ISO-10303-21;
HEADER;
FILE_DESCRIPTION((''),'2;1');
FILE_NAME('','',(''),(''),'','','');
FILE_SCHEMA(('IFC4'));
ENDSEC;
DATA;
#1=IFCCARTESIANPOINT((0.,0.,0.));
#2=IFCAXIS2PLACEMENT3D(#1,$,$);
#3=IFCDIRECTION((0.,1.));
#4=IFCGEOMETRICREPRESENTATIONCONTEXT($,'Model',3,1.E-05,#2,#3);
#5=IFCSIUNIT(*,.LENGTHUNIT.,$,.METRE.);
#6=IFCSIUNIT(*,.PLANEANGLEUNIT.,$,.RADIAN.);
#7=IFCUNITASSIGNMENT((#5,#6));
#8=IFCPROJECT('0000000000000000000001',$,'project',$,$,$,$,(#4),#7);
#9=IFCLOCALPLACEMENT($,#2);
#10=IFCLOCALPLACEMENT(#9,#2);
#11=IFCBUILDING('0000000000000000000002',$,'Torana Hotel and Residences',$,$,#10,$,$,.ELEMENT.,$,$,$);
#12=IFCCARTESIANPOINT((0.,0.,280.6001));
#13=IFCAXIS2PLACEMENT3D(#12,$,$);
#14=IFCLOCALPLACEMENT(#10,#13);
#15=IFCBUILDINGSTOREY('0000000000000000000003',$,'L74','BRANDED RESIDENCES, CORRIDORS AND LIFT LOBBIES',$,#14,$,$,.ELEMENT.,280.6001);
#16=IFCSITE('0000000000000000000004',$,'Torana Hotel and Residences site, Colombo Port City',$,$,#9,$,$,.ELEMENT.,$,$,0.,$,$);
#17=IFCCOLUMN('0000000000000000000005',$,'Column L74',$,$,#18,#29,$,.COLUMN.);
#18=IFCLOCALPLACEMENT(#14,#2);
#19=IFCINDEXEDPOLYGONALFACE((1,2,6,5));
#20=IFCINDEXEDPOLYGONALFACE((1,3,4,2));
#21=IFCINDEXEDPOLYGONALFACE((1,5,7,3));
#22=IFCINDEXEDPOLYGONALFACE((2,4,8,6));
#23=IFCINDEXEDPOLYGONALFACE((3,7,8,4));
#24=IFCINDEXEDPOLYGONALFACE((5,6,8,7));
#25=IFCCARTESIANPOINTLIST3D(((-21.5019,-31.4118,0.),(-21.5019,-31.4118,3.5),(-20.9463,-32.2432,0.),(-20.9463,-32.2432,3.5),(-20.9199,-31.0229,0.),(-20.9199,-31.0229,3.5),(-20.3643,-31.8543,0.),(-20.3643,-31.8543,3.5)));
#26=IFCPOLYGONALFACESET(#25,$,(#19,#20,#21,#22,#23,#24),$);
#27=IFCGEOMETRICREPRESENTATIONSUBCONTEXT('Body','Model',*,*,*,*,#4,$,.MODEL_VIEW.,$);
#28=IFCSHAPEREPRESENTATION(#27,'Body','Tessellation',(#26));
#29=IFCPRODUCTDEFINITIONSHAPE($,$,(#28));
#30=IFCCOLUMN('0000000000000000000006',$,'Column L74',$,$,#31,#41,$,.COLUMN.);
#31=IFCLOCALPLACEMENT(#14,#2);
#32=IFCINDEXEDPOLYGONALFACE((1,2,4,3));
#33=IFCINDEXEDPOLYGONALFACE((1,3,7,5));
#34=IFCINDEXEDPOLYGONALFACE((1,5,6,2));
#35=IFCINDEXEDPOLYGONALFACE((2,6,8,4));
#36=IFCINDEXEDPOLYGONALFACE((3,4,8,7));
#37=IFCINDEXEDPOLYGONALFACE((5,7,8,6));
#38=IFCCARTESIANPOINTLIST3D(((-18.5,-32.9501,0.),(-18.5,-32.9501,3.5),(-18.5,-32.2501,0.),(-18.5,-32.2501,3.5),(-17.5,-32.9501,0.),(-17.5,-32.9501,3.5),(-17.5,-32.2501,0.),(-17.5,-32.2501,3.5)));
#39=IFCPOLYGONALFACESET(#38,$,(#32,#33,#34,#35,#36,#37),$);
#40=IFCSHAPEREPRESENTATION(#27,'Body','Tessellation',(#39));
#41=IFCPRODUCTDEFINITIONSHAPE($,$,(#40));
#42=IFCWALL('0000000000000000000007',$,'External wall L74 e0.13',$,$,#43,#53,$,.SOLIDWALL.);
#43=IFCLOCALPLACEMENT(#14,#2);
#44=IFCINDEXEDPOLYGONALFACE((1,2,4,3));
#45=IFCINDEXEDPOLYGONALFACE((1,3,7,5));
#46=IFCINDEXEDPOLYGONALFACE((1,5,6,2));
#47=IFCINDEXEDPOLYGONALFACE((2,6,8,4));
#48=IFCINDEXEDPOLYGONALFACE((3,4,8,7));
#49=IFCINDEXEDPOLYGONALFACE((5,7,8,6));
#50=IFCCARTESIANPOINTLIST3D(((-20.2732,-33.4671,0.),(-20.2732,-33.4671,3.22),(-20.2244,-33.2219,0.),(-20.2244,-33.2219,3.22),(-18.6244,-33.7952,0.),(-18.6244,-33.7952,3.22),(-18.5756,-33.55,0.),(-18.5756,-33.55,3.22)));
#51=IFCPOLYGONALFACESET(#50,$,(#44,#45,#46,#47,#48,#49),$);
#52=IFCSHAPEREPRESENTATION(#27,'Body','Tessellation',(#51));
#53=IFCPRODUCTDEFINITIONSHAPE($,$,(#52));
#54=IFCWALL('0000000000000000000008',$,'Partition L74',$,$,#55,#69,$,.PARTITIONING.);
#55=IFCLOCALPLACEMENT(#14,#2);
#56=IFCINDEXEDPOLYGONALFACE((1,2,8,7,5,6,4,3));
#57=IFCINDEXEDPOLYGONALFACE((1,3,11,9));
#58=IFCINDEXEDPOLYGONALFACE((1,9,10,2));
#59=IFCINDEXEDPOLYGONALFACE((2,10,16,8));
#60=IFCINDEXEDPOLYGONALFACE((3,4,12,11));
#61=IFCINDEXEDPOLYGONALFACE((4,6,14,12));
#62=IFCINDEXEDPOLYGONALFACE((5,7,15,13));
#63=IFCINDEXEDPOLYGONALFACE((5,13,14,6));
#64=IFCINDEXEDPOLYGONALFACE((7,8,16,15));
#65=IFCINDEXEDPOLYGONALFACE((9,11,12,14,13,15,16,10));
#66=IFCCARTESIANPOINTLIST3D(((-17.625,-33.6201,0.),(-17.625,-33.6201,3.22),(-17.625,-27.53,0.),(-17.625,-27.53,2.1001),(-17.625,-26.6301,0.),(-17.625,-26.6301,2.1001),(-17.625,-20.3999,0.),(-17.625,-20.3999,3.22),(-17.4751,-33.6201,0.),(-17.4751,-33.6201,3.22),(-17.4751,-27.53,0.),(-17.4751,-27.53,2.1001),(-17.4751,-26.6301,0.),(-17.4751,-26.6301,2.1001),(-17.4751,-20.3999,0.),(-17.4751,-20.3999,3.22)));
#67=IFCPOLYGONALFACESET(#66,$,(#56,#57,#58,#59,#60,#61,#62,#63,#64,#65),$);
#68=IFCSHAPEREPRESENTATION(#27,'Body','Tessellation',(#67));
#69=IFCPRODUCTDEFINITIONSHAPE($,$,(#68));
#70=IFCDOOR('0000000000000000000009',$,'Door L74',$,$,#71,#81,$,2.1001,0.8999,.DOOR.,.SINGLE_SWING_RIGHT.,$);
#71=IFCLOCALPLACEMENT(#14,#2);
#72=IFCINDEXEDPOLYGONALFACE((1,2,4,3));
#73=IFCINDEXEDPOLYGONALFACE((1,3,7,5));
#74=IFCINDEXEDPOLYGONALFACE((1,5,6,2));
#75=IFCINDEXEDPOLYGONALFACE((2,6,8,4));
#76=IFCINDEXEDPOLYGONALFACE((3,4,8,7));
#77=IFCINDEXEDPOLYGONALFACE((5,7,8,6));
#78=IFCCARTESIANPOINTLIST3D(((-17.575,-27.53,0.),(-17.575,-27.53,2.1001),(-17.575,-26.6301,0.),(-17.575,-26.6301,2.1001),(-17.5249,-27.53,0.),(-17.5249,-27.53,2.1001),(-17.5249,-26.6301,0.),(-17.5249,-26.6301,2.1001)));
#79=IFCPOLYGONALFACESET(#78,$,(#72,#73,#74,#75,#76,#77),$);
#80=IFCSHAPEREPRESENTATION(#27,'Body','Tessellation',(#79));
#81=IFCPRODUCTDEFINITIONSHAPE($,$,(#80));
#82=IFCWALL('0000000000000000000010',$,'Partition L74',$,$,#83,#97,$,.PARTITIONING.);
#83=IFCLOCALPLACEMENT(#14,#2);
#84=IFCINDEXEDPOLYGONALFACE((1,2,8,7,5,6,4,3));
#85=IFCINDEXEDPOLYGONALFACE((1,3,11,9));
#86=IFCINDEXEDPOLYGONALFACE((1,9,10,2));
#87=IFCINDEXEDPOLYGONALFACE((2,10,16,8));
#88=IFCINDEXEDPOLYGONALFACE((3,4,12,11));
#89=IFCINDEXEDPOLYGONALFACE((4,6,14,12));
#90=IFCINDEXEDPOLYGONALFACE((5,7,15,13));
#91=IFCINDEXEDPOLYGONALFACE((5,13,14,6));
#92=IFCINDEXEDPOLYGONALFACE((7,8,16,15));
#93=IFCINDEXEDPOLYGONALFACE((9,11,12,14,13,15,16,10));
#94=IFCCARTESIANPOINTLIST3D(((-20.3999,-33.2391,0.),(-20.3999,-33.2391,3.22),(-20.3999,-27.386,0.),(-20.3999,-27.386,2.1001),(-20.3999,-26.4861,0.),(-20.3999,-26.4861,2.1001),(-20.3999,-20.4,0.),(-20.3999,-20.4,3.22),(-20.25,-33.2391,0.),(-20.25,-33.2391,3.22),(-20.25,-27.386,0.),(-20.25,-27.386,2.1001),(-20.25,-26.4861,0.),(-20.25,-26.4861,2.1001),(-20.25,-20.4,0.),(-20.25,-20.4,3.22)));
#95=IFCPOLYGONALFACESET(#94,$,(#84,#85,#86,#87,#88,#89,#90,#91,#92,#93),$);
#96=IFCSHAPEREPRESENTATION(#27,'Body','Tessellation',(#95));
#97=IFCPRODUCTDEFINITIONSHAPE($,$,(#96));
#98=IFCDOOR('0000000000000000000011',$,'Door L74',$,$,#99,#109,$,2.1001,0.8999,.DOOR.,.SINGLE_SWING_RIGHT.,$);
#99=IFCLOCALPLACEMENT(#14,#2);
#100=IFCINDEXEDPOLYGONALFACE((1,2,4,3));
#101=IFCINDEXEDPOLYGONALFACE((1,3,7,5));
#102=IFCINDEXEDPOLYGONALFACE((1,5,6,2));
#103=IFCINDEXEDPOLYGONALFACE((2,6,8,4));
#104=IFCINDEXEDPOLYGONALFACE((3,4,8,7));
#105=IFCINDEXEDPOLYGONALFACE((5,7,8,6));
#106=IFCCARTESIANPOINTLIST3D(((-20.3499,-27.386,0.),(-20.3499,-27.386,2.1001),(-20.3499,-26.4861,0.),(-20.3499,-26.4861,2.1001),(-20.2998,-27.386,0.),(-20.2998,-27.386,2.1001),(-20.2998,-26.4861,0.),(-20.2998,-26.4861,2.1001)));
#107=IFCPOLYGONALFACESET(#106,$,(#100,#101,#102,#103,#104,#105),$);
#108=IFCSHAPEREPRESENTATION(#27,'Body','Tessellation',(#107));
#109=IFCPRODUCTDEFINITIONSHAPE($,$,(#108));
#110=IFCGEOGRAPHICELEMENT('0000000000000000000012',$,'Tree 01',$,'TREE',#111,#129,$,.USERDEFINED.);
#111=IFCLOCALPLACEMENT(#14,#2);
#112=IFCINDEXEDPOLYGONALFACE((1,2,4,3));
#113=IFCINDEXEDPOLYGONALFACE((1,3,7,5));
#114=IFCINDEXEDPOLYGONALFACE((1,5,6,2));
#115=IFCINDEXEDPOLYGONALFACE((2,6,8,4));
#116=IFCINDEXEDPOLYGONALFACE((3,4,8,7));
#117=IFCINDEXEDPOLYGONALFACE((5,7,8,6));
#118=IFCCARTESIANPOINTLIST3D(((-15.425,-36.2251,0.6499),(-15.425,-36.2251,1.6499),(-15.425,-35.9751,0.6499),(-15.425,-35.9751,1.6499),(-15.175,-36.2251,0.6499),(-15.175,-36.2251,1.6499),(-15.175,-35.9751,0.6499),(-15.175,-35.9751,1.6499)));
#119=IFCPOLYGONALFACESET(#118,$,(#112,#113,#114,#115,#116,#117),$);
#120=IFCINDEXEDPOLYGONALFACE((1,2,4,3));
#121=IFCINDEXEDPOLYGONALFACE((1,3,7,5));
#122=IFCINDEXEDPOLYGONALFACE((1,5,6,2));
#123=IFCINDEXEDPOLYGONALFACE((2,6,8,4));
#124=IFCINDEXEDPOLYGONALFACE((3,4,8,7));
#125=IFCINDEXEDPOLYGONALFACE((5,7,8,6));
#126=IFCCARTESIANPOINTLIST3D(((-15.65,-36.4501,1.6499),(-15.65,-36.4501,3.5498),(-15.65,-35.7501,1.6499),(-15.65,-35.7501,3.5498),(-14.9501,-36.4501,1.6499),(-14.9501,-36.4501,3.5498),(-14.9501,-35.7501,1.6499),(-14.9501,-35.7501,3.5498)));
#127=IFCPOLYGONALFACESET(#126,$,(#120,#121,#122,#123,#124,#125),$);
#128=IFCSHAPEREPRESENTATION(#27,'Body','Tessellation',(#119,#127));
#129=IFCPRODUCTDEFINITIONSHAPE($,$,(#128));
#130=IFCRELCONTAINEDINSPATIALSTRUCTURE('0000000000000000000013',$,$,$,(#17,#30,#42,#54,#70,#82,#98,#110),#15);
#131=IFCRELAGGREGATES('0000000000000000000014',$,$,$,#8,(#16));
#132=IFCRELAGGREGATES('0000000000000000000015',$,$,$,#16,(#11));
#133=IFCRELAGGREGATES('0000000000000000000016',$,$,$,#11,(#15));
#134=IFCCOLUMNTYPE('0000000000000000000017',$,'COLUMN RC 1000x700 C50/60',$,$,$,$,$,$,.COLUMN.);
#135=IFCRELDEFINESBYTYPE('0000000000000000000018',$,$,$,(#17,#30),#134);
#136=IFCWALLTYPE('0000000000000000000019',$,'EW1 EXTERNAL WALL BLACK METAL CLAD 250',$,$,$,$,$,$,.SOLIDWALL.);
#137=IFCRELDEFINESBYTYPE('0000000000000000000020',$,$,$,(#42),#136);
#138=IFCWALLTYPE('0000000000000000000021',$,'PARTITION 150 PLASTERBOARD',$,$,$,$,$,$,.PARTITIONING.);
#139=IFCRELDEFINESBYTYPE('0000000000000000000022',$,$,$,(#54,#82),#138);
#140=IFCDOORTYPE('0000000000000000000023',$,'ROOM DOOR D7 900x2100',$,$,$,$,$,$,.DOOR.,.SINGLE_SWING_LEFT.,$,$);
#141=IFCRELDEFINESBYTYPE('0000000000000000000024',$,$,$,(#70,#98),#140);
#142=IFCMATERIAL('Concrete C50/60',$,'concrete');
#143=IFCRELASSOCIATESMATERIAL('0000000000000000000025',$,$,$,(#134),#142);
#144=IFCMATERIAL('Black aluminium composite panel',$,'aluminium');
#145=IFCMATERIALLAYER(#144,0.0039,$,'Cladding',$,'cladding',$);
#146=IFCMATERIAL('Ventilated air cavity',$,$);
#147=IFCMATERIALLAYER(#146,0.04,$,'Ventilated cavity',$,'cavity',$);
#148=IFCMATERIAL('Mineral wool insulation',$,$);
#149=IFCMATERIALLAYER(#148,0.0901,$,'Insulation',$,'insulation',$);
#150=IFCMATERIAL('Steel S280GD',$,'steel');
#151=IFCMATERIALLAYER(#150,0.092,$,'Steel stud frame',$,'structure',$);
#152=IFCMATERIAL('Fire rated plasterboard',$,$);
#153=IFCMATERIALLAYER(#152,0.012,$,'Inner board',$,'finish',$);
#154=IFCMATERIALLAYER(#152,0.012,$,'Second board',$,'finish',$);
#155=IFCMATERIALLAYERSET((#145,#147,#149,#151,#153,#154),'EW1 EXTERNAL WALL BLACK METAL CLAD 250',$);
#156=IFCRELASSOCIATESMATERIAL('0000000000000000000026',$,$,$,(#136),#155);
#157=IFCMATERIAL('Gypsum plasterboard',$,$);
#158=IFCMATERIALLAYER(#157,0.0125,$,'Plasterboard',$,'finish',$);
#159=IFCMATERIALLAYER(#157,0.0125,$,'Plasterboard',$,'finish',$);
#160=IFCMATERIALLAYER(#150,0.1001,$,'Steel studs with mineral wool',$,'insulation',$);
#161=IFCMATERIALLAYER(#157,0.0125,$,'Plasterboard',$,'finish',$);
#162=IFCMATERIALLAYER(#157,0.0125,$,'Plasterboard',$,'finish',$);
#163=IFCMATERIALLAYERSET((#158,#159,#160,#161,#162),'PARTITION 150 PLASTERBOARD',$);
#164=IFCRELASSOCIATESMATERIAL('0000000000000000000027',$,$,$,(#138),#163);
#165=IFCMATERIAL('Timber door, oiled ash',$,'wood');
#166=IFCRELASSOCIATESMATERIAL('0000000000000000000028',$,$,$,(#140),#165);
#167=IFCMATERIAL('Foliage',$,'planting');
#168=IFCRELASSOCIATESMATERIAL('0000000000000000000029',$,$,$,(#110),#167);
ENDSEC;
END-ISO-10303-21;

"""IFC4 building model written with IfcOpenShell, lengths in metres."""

from ifc_helpers import new_model, si_unit, direction, frame, frame_2d, origin, origin_2d, place, context, subcontext, project, spatial, rectangle, extrude, material, layer, layer_set, material_profile, profile_set, type_object, element, fill, save


model = new_model("IFC4")

# Units and contexts
model_context = context("Model", 3, precision=1e-05, world=origin(), true_north=direction((0.0, 1.0)))
body_context = subcontext(model_context, "Body", "Model", "MODEL_VIEW")
ifc_project = project(units=[si_unit("LENGTHUNIT", "METRE"), si_unit("PLANEANGLEUNIT", "RADIAN")], contexts=[model_context])

# Site, building, storey
site_placement = place(None, origin())
site = spatial("IfcSite", under=ifc_project, at=site_placement, Name="Torana Hotel and Residences site, Colombo Port City", CompositionType="ELEMENT", RefElevation=0.0)
building_placement = place(site_placement, origin())
building = spatial("IfcBuilding", under=site, at=building_placement, Name="Torana Hotel and Residences", CompositionType="ELEMENT")
storey_placement = place(building_placement, frame((0.0, 0.0, 280.6001)))
storey = spatial("IfcBuildingStorey", under=building, at=storey_placement, Name="L74", Description="BRANDED RESIDENCES, CORRIDORS AND LIFT LOBBIES", CompositionType="ELEMENT", Elevation=280.6001)

# Columns
ifc_material_1 = material(Name="Concrete C50/60", Category="concrete")
ifc_material_profile = material_profile(ifc_material_1, rectangle(XDim=1.0, YDim=0.7, at=origin_2d()), Name="RC 1000x700")
ifc_profile_set = profile_set([ifc_material_profile], Name="Concrete C50/60")
column_type = type_object("IfcColumnType", Name="COLUMN RC 1000x700 C50/60", PredefinedType="COLUMN", material=ifc_profile_set)
for number, where, z_axis, x_axis, name in (
    (1, (-20.9331, -31.6331, 0.0), (0.0, 0.0, 1.0), (-0.555585, 0.83146, 0.0), "Column L74"),
    (2, (-18.0, -32.6001, 0.0), (0.0, 0.0, 1.0), (1.0, 0.0, 0.0), "Column L74"),
):
    element("IfcColumn", number, at=place(storey_placement, frame(where, z_axis=z_axis, x_axis=x_axis)), inside=storey, type_object=column_type, Name=name, PredefinedType="COLUMN", context=body_context, shape_type="SweptSolid", body=[
        extrude(rectangle(XDim=1.0, YDim=0.7, at=origin_2d()), origin(), (0.0, 0.0, 1.0), 3.5),
    ])

# Wall
ifc_material_2 = material(Name="Black aluminium composite panel", Category="aluminium")
ifc_layer_1 = layer(ifc_material_2, 0.0039, Name="Cladding", Category="cladding")
ifc_material_3 = material(Name="Ventilated air cavity")
ifc_layer_2 = layer(ifc_material_3, 0.04, Name="Ventilated cavity", Category="cavity")
ifc_material_4 = material(Name="Mineral wool insulation")
ifc_layer_3 = layer(ifc_material_4, 0.0901, Name="Insulation", Category="insulation")
ifc_material_5 = material(Name="Steel S280GD", Category="steel")
ifc_layer_4 = layer(ifc_material_5, 0.092, Name="Steel stud frame", Category="structure")
ifc_material_6 = material(Name="Fire rated plasterboard")
ifc_layer_5 = layer(ifc_material_6, 0.012, Name="Inner board", Category="finish")
ifc_layer_6 = layer(ifc_material_6, 0.012, Name="Second board", Category="finish")
ifc_layer_set_1 = layer_set([ifc_layer_1, ifc_layer_2, ifc_layer_3, ifc_layer_4, ifc_layer_5, ifc_layer_6], Name="EW1 EXTERNAL WALL BLACK METAL CLAD 250")
wall_type_1 = type_object("IfcWallType", Name="EW1 EXTERNAL WALL BLACK METAL CLAD 250", PredefinedType="SOLIDWALL", material=ifc_layer_set_1)
wall_1_placement = place(storey_placement, frame((-20.2488, -33.3445, 0.0), z_axis=(0.0, 0.0, 1.0), x_axis=(0.98077, -0.195167, 0.0)))
element("IfcWall", 3, at=wall_1_placement, inside=storey, type_object=wall_type_1, Name="External wall L74 e0.13", PredefinedType="SOLIDWALL", context=body_context, shape_type="SweptSolid", body=[
    extrude(rectangle(XDim=1.6812, YDim=0.25, at=frame_2d((0.8406, 0.0))), origin(), (0.0, 0.0, 1.0), 3.22),
])

# Walls, openings, doors
ifc_material_7 = material(Name="Gypsum plasterboard")
ifc_layer_7 = layer(ifc_material_7, 0.0125, Name="Plasterboard", Category="finish")
ifc_layer_8 = layer(ifc_material_7, 0.0125, Name="Plasterboard", Category="finish")
ifc_layer_9 = layer(ifc_material_5, 0.1001, Name="Steel studs with mineral wool", Category="insulation")
ifc_layer_10 = layer(ifc_material_7, 0.0125, Name="Plasterboard", Category="finish")
ifc_layer_11 = layer(ifc_material_7, 0.0125, Name="Plasterboard", Category="finish")
ifc_layer_set_2 = layer_set([ifc_layer_7, ifc_layer_8, ifc_layer_9, ifc_layer_10, ifc_layer_11], Name="PARTITION 150 PLASTERBOARD")
wall_type_2 = type_object("IfcWallType", Name="PARTITION 150 PLASTERBOARD", PredefinedType="PARTITIONING", material=ifc_layer_set_2)
wall_2_placement = place(storey_placement, frame((-17.55, -33.6201, 0.0), z_axis=(0.0, 0.0, 1.0), x_axis=(0.0, 1.0, 0.0)))
wall_2 = element("IfcWall", 4, at=wall_2_placement, inside=storey, type_object=wall_type_2, Name="Partition L74", PredefinedType="PARTITIONING", context=body_context, shape_type="SweptSolid", body=[
    extrude(rectangle(XDim=13.2202, YDim=0.1499, at=frame_2d((6.6101, 0.0))), origin(), (0.0, 0.0, 1.0), 3.22),
])
opening_1_placement = place(wall_2_placement, frame((6.0901, 0.0, 0.0)))
opening_1 = element("IfcOpeningElement", 5, at=opening_1_placement, cuts=wall_2, PredefinedType="OPENING", context=body_context, shape_type="SweptSolid", body=[
    extrude(rectangle(XDim=0.8999, YDim=2.1001, at=frame_2d((0.45, 1.05))), frame((0.0, 0.085, 0.0), z_axis=(0.0, -1.0, 0.0), x_axis=(1.0, 0.0, 0.0)), (0.0, 0.0, 1.0), 0.1699),
])
ifc_material_8 = material(Name="Timber door, oiled ash", Category="wood")
door_type_1 = type_object("IfcDoorType", Name="ROOM DOOR D7 900x2100", OperationType="SINGLE_SWING_LEFT", PredefinedType="DOOR", material=ifc_material_8)
door_1_placement = place(opening_1_placement, origin())
door_1 = element("IfcDoor", 6, at=door_1_placement, inside=storey, type_object=door_type_1, Name="Door L74", OperationType="SINGLE_SWING_RIGHT", OverallHeight=2.1001, OverallWidth=0.8999, PredefinedType="DOOR", context=body_context, shape_type="SweptSolid", body=[
    extrude(rectangle(XDim=0.8999, YDim=2.1001, at=frame_2d((0.45, 1.05))), frame((0.0, 0.0249, 0.0), z_axis=(0.0, -1.0, 0.0), x_axis=(1.0, 0.0, 0.0)), (0.0, 0.0, 1.0), 0.05),
])
fill(opening_1, door_1)
wall_3_placement = place(storey_placement, frame((-20.325, -33.239, 0.0), z_axis=(0.0, 0.0, 1.0), x_axis=(0.0, 1.0, 0.0)))
wall_3 = element("IfcWall", 7, at=wall_3_placement, inside=storey, type_object=wall_type_2, Name="Partition L74", PredefinedType="PARTITIONING", context=body_context, shape_type="SweptSolid", body=[
    extrude(rectangle(XDim=12.8391, YDim=0.1499, at=frame_2d((6.4194, 0.0))), origin(), (0.0, 0.0, 1.0), 3.22),
])
opening_2_placement = place(wall_3_placement, frame((5.853, 0.0, 0.0)))
opening_2 = element("IfcOpeningElement", 8, at=opening_2_placement, cuts=wall_3, PredefinedType="OPENING", context=body_context, shape_type="SweptSolid", body=[
    extrude(rectangle(XDim=0.8999, YDim=2.1001, at=frame_2d((0.45, 1.05))), frame((0.0, 0.085, 0.0), z_axis=(0.0, -1.0, 0.0), x_axis=(1.0, 0.0, 0.0)), (0.0, 0.0, 1.0), 0.1699),
])
door_2_placement = place(opening_2_placement, origin())
door_2 = element("IfcDoor", 9, at=door_2_placement, inside=storey, type_object=door_type_1, Name="Door L74", OperationType="SINGLE_SWING_RIGHT", OverallHeight=2.1001, OverallWidth=0.8999, PredefinedType="DOOR", context=body_context, shape_type="SweptSolid", body=[
    extrude(rectangle(XDim=0.8999, YDim=2.1001, at=frame_2d((0.45, 1.05))), frame((0.0, 0.0249, 0.0), z_axis=(0.0, -1.0, 0.0), x_axis=(1.0, 0.0, 0.0)), (0.0, 0.0, 1.0), 0.05),
])
fill(opening_2, door_2)

# Geographic element
ifc_material_9 = material(Name="Foliage", Category="planting")
geographic_element_placement = place(storey_placement, frame((-15.3, -36.1001, 0.6499), z_axis=(0.0, 0.0, 1.0), x_axis=(1.0, 0.0, 0.0)))
element("IfcGeographicElement", 10, at=geographic_element_placement, inside=storey, material=ifc_material_9, Name="Tree 01", ObjectType="TREE", PredefinedType="USERDEFINED", context=body_context, shape_type="SweptSolid", body=[
    extrude(rectangle(XDim=0.25, YDim=0.25, at=origin_2d()), origin(), (0.0, 0.0, 1.0), 1.0),
    extrude(rectangle(XDim=0.7, YDim=0.7, at=origin_2d()), frame((0.0, 0.0, 1.0)), (0.0, 0.0, 1.0), 1.8999),
])

save(model, "model.ifc")
